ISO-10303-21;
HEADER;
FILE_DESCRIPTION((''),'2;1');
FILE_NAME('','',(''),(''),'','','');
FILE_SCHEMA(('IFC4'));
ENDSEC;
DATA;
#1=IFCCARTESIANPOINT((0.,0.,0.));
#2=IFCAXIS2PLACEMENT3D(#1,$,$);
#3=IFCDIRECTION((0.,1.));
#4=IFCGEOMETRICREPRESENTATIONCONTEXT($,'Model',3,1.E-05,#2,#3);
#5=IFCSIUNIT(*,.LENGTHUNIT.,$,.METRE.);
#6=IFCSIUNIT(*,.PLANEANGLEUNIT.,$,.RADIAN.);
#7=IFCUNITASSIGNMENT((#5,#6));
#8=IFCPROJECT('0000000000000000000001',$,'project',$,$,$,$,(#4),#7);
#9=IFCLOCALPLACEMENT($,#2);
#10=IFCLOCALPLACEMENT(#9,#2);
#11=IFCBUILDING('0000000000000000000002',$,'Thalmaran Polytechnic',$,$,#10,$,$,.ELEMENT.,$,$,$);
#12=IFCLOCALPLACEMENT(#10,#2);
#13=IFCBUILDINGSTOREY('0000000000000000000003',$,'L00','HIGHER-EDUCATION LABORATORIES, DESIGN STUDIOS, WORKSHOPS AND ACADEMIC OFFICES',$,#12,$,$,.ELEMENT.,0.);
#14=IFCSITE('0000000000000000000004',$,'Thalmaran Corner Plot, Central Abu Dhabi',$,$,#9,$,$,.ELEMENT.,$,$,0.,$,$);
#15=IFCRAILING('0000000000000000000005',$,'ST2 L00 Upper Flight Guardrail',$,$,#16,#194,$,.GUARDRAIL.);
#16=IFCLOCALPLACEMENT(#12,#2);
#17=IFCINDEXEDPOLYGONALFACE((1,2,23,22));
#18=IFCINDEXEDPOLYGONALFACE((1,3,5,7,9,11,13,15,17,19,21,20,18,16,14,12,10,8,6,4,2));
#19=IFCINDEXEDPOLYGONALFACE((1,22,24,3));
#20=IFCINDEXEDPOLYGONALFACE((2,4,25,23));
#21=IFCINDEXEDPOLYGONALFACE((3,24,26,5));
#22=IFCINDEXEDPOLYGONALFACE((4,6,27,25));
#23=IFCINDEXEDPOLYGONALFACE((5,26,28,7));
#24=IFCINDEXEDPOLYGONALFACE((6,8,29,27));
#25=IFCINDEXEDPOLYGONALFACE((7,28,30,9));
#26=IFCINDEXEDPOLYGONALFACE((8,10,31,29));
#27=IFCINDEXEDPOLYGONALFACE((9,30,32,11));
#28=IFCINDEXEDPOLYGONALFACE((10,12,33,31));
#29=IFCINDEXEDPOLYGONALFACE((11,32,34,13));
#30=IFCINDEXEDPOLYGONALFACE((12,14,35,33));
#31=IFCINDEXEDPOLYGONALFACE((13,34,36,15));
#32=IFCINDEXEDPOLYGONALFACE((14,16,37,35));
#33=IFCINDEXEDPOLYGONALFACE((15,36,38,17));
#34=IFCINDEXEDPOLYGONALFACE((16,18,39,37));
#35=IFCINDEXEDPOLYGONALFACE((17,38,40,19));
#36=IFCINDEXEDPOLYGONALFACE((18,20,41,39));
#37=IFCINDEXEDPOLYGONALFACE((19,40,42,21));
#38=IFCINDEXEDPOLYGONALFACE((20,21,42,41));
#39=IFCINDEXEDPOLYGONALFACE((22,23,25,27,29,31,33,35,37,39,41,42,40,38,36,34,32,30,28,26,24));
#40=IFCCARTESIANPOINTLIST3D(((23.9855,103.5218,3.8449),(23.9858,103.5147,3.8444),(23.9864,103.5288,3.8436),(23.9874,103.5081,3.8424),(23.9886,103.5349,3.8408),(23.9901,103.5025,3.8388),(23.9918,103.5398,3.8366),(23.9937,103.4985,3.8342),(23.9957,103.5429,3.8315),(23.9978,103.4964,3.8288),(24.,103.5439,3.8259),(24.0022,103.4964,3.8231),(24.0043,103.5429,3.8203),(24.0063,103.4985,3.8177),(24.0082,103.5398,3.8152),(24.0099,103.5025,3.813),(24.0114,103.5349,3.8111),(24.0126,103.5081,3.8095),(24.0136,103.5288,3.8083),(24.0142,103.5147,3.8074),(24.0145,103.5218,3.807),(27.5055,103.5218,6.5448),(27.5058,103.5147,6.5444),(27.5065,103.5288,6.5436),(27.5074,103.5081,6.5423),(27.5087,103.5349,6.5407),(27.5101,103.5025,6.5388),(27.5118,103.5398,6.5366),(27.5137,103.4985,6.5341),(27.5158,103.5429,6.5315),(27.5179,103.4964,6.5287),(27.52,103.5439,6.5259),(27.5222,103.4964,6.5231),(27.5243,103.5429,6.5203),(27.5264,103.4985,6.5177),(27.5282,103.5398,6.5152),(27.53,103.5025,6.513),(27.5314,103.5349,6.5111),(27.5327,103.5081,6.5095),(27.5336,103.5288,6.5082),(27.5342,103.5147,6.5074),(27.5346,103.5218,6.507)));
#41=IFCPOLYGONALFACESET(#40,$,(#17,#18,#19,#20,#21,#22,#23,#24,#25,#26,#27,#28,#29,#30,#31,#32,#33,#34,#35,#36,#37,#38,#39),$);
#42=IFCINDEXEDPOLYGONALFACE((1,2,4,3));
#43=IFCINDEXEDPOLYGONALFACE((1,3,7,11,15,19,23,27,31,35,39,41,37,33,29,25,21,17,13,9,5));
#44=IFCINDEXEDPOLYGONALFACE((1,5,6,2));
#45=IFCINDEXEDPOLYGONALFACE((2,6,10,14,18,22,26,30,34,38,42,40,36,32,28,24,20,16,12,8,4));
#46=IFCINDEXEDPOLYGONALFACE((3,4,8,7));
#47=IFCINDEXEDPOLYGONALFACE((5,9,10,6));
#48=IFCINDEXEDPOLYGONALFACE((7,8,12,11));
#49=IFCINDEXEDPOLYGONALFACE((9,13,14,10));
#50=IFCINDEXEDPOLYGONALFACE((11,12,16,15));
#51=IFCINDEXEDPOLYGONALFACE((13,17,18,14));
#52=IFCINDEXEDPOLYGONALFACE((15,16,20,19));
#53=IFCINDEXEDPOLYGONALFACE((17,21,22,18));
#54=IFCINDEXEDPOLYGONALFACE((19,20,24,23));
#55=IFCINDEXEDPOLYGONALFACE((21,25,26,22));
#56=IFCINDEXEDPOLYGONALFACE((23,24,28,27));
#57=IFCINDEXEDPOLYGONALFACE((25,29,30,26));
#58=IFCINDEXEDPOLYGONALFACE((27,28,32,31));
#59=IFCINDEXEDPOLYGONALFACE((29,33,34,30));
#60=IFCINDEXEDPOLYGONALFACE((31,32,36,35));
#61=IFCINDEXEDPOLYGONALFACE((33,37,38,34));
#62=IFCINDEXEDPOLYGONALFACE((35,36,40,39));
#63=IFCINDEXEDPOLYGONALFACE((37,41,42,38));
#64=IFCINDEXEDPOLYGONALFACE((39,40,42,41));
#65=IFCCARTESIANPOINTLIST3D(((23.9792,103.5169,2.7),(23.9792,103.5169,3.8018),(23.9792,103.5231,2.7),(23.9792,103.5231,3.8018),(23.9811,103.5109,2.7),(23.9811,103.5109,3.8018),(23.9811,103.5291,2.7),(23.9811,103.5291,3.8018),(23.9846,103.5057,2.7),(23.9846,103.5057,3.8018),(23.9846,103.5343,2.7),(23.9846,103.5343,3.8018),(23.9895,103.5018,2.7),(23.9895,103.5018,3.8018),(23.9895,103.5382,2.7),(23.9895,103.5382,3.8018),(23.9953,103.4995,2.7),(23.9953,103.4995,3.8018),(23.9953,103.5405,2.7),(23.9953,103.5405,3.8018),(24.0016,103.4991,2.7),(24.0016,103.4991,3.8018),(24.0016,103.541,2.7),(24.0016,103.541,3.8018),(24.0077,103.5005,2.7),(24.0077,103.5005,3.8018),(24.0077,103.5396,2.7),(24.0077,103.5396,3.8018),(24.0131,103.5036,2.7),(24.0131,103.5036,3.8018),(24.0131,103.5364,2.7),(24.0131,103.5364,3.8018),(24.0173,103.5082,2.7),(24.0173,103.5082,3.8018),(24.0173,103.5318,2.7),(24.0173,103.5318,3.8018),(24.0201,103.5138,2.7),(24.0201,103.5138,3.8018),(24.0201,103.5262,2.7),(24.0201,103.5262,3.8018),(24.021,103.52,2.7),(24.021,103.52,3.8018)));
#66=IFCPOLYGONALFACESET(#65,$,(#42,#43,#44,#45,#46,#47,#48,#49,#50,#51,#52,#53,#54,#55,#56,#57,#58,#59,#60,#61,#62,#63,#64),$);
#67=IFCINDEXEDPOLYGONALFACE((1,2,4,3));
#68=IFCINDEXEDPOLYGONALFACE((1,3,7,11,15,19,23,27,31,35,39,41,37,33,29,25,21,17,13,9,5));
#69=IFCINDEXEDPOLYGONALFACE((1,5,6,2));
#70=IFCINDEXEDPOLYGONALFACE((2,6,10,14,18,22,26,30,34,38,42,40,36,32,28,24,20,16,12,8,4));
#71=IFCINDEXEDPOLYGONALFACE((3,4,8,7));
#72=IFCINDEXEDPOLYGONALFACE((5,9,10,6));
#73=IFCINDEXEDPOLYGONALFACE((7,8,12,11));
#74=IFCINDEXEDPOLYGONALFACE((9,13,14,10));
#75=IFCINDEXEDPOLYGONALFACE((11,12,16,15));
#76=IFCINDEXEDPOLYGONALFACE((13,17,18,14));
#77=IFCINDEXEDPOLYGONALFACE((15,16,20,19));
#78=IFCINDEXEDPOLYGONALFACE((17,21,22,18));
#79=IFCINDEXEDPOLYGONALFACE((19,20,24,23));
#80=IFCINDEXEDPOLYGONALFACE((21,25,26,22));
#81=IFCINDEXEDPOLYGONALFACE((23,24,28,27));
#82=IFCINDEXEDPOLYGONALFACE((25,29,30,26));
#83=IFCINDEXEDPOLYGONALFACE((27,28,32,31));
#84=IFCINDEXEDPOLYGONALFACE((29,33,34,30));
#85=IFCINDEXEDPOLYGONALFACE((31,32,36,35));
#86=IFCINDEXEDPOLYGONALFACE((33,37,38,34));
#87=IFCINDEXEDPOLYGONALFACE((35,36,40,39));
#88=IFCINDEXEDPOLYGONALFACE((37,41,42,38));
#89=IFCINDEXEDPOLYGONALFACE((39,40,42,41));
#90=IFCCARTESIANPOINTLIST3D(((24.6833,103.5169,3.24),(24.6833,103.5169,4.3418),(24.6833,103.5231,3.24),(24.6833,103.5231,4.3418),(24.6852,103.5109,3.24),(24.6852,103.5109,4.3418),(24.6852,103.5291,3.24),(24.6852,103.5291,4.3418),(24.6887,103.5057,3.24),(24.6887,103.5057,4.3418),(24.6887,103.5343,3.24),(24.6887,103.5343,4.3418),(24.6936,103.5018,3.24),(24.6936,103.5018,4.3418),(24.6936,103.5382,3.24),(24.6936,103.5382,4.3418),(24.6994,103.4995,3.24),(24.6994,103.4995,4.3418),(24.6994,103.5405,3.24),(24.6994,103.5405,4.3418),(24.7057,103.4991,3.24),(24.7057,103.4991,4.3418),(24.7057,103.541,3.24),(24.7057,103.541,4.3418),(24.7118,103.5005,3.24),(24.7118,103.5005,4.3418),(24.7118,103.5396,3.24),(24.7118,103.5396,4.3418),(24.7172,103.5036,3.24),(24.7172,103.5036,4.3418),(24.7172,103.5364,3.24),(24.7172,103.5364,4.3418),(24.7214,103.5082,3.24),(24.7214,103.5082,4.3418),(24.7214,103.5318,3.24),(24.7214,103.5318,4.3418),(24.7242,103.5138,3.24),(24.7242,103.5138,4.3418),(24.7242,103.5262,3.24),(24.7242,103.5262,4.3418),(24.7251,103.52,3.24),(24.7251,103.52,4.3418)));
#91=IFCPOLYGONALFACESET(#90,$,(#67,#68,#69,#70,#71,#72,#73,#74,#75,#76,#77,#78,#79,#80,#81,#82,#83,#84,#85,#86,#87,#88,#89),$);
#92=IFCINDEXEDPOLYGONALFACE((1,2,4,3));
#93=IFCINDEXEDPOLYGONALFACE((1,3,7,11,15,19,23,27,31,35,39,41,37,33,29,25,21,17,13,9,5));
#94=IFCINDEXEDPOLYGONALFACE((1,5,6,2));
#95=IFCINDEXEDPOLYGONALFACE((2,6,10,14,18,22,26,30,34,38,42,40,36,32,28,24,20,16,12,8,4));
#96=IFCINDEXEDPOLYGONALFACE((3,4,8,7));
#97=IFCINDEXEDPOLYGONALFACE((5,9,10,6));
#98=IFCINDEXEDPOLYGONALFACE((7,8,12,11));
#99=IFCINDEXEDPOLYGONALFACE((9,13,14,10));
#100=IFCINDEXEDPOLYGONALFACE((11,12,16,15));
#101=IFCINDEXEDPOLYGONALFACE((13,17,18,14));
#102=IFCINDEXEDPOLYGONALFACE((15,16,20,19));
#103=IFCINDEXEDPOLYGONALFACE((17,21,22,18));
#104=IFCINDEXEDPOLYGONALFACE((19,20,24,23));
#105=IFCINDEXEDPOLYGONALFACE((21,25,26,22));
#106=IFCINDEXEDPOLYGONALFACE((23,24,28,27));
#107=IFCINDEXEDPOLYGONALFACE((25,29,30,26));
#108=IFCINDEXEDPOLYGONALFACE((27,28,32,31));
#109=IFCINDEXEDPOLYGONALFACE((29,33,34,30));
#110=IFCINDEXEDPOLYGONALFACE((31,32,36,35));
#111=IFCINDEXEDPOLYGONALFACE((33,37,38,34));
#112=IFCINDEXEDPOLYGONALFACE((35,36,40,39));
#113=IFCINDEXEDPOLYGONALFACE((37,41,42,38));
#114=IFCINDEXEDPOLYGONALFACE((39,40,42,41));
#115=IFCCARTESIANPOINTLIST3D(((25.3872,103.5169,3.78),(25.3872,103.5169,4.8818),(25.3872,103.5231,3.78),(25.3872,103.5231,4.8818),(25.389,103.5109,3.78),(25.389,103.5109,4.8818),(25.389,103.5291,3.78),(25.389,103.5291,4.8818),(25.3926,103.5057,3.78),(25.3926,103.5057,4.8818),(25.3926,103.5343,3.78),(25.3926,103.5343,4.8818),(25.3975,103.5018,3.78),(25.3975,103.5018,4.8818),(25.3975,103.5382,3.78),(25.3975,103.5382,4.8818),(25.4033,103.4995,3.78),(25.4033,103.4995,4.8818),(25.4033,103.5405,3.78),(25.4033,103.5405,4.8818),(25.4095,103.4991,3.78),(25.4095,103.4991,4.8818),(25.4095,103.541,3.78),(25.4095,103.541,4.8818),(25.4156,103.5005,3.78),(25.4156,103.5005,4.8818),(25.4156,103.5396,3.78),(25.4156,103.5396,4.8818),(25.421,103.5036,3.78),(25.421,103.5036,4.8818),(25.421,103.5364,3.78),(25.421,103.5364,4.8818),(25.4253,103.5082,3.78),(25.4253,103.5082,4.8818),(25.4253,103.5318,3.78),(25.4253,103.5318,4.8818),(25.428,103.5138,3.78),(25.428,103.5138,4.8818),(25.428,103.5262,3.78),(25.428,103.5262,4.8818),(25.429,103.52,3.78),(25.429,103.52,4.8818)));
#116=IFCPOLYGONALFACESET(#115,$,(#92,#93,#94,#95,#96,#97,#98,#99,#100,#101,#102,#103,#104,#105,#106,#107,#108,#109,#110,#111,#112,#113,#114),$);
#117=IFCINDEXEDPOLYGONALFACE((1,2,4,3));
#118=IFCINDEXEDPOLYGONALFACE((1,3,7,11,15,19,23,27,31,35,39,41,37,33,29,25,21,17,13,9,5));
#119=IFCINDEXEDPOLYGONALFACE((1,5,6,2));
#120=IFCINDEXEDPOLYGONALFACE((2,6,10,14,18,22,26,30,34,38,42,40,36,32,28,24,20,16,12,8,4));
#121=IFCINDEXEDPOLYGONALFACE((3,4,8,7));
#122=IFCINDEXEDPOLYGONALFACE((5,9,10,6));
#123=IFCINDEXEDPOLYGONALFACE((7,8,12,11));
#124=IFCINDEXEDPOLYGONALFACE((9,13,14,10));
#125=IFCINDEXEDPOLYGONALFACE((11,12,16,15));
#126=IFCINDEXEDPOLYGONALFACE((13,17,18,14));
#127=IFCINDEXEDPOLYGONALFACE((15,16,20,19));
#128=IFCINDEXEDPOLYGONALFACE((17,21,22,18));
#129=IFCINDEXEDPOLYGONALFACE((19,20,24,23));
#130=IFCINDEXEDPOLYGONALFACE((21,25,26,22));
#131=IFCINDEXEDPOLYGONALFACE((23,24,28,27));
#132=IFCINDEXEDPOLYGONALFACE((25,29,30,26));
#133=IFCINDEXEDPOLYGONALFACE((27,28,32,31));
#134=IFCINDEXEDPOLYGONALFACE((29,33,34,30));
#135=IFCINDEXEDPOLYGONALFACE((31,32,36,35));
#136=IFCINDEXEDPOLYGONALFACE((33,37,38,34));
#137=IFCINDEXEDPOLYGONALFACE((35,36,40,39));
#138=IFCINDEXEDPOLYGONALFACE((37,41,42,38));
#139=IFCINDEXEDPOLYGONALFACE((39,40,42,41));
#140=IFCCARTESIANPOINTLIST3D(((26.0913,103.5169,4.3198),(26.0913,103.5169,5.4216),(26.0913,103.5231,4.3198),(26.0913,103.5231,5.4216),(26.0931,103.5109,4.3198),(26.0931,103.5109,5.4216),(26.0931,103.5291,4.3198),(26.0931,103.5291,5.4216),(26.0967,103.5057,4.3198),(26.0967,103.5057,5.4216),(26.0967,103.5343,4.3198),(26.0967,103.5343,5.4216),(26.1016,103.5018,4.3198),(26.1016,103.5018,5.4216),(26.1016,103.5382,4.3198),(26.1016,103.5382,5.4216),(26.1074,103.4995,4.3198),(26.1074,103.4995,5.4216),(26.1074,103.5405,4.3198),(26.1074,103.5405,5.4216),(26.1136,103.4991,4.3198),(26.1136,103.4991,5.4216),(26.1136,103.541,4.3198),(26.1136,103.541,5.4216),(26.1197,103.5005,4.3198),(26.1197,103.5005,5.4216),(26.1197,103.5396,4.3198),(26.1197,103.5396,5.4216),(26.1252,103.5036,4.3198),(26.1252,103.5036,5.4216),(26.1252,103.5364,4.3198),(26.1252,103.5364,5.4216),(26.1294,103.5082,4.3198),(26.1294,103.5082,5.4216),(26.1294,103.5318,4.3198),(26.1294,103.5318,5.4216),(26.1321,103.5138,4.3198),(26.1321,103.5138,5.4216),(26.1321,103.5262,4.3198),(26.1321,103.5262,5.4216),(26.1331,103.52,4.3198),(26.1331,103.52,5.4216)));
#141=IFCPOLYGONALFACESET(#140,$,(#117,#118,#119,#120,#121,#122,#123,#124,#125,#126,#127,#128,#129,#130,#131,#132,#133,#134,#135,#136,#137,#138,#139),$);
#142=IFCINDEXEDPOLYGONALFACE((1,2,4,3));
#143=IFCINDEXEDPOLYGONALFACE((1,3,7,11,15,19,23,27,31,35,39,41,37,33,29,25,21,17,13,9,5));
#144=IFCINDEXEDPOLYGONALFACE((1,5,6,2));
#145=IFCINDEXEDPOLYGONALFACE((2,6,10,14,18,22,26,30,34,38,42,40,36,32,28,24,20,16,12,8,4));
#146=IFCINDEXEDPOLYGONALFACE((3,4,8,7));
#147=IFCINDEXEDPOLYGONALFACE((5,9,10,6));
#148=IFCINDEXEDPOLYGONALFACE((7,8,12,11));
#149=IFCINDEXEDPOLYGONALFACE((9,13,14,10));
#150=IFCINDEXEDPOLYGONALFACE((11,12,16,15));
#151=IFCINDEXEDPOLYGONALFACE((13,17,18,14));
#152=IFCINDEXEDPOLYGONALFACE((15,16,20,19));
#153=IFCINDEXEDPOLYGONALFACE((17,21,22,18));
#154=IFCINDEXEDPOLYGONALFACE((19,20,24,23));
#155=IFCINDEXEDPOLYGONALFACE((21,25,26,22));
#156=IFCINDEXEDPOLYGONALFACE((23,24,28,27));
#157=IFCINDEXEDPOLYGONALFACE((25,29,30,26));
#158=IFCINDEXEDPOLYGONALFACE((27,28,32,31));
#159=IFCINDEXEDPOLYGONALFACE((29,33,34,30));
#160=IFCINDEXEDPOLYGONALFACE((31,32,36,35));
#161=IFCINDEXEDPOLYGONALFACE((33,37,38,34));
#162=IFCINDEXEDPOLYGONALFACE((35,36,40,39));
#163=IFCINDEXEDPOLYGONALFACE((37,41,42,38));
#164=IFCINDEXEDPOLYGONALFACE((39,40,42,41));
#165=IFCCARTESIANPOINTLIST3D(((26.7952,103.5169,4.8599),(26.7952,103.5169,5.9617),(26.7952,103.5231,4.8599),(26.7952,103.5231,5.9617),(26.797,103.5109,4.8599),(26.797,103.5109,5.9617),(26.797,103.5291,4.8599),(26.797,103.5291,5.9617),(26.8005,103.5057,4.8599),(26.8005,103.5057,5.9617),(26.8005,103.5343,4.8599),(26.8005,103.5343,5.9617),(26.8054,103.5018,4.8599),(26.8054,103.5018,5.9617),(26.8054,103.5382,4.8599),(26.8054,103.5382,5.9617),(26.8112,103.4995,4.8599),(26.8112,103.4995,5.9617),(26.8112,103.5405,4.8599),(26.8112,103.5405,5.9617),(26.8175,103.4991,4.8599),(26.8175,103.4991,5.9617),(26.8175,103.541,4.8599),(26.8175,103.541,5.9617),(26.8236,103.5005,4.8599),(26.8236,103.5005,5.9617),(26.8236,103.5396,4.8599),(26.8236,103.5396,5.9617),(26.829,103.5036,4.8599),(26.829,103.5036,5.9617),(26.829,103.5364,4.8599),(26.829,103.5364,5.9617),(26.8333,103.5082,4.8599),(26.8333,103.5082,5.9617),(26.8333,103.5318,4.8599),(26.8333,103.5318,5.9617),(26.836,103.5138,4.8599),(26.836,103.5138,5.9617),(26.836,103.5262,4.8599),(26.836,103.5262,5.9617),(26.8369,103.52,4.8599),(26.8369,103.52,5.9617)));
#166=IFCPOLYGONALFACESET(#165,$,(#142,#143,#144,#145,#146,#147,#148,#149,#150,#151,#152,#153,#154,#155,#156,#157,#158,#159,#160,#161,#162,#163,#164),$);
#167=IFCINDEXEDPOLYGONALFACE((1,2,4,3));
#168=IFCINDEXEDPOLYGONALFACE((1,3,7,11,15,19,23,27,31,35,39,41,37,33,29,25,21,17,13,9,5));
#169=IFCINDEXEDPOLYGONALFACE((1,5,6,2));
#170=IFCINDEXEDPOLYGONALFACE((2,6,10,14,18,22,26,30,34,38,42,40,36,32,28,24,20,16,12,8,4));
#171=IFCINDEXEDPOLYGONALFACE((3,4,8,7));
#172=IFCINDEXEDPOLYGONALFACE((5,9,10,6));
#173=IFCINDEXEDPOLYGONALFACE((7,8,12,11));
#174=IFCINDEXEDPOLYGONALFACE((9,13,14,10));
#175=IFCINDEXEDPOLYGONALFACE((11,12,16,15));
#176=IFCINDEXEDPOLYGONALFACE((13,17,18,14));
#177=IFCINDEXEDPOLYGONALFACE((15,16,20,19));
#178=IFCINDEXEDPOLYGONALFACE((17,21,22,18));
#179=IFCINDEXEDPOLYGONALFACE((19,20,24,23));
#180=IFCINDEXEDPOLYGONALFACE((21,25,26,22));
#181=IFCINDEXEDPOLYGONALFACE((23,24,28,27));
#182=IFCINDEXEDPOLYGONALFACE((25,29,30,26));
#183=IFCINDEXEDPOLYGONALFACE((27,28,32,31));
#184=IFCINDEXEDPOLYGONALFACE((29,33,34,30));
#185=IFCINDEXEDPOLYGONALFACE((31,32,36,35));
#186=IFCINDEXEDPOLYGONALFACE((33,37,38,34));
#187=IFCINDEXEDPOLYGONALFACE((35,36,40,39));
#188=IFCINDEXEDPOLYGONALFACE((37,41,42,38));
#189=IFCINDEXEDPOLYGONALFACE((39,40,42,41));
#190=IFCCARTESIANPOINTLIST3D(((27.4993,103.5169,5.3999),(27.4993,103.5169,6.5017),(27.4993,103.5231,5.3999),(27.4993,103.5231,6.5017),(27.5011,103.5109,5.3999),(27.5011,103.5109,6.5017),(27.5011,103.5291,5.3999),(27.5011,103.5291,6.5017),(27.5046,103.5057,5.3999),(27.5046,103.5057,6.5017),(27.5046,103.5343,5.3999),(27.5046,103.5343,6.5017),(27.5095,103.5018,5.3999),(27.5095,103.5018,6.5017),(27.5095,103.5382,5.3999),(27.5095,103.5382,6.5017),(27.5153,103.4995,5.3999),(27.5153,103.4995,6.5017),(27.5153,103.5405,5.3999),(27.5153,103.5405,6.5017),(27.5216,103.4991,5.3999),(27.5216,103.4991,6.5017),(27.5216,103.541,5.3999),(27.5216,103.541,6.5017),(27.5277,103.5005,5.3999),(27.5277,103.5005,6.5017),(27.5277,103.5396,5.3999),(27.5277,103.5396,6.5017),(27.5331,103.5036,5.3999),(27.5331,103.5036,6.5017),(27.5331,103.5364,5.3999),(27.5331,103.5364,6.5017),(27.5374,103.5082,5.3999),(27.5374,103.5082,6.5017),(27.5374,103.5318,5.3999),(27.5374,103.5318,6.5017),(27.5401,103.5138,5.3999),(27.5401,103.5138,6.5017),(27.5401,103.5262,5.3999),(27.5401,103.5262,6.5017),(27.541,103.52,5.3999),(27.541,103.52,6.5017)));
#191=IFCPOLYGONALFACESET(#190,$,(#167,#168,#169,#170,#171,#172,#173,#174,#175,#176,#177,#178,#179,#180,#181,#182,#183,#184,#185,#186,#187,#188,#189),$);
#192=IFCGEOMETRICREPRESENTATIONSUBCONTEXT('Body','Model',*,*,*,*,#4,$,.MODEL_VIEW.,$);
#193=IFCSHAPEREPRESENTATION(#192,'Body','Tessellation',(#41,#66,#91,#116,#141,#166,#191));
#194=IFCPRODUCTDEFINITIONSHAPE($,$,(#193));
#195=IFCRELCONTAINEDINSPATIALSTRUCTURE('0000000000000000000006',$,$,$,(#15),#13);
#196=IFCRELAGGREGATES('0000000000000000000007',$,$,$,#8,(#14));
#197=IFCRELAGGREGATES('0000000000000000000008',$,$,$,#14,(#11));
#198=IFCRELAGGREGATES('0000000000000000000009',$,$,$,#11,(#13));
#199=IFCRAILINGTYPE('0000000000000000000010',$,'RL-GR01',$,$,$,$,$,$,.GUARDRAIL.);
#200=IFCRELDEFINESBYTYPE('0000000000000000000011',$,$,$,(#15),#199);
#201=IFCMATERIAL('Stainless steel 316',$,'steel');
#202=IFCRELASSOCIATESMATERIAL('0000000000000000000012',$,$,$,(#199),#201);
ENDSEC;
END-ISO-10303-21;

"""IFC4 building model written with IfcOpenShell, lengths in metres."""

from ifc_helpers import new_model, si_unit, direction, frame, origin, origin_2d, place, context, subcontext, project, spatial, circle, extrude, material, type_object, element, save


model = new_model("IFC4")

# Units and contexts
model_context = context("Model", 3, precision=1e-05, world=origin(), true_north=direction((0.0, 1.0)))
body_context = subcontext(model_context, "Body", "Model", "MODEL_VIEW")
ifc_project = project(units=[si_unit("LENGTHUNIT", "METRE"), si_unit("PLANEANGLEUNIT", "RADIAN")], contexts=[model_context])

# Site, building, storey
site_placement = place(None, origin())
site = spatial("IfcSite", under=ifc_project, at=site_placement, Name="Thalmaran Corner Plot, Central Abu Dhabi", CompositionType="ELEMENT", RefElevation=0.0)
building_placement = place(site_placement, origin())
building = spatial("IfcBuilding", under=site, at=building_placement, Name="Thalmaran Polytechnic", CompositionType="ELEMENT")
storey_placement = place(building_placement, origin())
storey = spatial("IfcBuildingStorey", under=building, at=storey_placement, Name="L00", Description="HIGHER-EDUCATION LABORATORIES, DESIGN STUDIOS, WORKSHOPS AND ACADEMIC OFFICES", CompositionType="ELEMENT", Elevation=0.0)

# Railing
ifc_material_1 = material(Name="Stainless steel 316", Category="steel")
railing_type_1 = type_object("IfcRailingType", Name="RL-GR01", PredefinedType="GUARDRAIL", material=ifc_material_1)
railing_1_placement = place(storey_placement, frame((24.0, 103.52, 2.7)))
element("IfcRailing", 1, at=railing_1_placement, inside=storey, type_object=railing_type_1, Name="ST2 L00 Upper Flight Guardrail", PredefinedType="GUARDRAIL", context=body_context, shape_type="SweptSolid", body=[
    extrude(circle(Radius=0.0239, at=origin_2d()), frame((0.0, 0.0, 1.126), z_axis=(0.793468, 0.0, 0.608612), x_axis=(0.0, 1.0, 0.0)), (0.0, 0.0, 1.0), 4.4363),
    extrude(circle(Radius=0.021, at=origin_2d()), origin(), (0.0, 0.0, 1.0), 1.1018),
    extrude(circle(Radius=0.021, at=origin_2d()), frame((0.7041, 0.0, 0.54)), (0.0, 0.0, 1.0), 1.1018),
    extrude(circle(Radius=0.021, at=origin_2d()), frame((1.408, 0.0, 1.0801)), (0.0, 0.0, 1.0), 1.1018),
    extrude(circle(Radius=0.021, at=origin_2d()), frame((2.1121, 0.0, 1.6199)), (0.0, 0.0, 1.0), 1.1018),
    extrude(circle(Radius=0.021, at=origin_2d()), frame((2.8159, 0.0, 2.1599)), (0.0, 0.0, 1.0), 1.1018),
    extrude(circle(Radius=0.021, at=origin_2d()), frame((3.52, 0.0, 2.7)), (0.0, 0.0, 1.0), 1.1018),
])

save(model, "model.ifc")
